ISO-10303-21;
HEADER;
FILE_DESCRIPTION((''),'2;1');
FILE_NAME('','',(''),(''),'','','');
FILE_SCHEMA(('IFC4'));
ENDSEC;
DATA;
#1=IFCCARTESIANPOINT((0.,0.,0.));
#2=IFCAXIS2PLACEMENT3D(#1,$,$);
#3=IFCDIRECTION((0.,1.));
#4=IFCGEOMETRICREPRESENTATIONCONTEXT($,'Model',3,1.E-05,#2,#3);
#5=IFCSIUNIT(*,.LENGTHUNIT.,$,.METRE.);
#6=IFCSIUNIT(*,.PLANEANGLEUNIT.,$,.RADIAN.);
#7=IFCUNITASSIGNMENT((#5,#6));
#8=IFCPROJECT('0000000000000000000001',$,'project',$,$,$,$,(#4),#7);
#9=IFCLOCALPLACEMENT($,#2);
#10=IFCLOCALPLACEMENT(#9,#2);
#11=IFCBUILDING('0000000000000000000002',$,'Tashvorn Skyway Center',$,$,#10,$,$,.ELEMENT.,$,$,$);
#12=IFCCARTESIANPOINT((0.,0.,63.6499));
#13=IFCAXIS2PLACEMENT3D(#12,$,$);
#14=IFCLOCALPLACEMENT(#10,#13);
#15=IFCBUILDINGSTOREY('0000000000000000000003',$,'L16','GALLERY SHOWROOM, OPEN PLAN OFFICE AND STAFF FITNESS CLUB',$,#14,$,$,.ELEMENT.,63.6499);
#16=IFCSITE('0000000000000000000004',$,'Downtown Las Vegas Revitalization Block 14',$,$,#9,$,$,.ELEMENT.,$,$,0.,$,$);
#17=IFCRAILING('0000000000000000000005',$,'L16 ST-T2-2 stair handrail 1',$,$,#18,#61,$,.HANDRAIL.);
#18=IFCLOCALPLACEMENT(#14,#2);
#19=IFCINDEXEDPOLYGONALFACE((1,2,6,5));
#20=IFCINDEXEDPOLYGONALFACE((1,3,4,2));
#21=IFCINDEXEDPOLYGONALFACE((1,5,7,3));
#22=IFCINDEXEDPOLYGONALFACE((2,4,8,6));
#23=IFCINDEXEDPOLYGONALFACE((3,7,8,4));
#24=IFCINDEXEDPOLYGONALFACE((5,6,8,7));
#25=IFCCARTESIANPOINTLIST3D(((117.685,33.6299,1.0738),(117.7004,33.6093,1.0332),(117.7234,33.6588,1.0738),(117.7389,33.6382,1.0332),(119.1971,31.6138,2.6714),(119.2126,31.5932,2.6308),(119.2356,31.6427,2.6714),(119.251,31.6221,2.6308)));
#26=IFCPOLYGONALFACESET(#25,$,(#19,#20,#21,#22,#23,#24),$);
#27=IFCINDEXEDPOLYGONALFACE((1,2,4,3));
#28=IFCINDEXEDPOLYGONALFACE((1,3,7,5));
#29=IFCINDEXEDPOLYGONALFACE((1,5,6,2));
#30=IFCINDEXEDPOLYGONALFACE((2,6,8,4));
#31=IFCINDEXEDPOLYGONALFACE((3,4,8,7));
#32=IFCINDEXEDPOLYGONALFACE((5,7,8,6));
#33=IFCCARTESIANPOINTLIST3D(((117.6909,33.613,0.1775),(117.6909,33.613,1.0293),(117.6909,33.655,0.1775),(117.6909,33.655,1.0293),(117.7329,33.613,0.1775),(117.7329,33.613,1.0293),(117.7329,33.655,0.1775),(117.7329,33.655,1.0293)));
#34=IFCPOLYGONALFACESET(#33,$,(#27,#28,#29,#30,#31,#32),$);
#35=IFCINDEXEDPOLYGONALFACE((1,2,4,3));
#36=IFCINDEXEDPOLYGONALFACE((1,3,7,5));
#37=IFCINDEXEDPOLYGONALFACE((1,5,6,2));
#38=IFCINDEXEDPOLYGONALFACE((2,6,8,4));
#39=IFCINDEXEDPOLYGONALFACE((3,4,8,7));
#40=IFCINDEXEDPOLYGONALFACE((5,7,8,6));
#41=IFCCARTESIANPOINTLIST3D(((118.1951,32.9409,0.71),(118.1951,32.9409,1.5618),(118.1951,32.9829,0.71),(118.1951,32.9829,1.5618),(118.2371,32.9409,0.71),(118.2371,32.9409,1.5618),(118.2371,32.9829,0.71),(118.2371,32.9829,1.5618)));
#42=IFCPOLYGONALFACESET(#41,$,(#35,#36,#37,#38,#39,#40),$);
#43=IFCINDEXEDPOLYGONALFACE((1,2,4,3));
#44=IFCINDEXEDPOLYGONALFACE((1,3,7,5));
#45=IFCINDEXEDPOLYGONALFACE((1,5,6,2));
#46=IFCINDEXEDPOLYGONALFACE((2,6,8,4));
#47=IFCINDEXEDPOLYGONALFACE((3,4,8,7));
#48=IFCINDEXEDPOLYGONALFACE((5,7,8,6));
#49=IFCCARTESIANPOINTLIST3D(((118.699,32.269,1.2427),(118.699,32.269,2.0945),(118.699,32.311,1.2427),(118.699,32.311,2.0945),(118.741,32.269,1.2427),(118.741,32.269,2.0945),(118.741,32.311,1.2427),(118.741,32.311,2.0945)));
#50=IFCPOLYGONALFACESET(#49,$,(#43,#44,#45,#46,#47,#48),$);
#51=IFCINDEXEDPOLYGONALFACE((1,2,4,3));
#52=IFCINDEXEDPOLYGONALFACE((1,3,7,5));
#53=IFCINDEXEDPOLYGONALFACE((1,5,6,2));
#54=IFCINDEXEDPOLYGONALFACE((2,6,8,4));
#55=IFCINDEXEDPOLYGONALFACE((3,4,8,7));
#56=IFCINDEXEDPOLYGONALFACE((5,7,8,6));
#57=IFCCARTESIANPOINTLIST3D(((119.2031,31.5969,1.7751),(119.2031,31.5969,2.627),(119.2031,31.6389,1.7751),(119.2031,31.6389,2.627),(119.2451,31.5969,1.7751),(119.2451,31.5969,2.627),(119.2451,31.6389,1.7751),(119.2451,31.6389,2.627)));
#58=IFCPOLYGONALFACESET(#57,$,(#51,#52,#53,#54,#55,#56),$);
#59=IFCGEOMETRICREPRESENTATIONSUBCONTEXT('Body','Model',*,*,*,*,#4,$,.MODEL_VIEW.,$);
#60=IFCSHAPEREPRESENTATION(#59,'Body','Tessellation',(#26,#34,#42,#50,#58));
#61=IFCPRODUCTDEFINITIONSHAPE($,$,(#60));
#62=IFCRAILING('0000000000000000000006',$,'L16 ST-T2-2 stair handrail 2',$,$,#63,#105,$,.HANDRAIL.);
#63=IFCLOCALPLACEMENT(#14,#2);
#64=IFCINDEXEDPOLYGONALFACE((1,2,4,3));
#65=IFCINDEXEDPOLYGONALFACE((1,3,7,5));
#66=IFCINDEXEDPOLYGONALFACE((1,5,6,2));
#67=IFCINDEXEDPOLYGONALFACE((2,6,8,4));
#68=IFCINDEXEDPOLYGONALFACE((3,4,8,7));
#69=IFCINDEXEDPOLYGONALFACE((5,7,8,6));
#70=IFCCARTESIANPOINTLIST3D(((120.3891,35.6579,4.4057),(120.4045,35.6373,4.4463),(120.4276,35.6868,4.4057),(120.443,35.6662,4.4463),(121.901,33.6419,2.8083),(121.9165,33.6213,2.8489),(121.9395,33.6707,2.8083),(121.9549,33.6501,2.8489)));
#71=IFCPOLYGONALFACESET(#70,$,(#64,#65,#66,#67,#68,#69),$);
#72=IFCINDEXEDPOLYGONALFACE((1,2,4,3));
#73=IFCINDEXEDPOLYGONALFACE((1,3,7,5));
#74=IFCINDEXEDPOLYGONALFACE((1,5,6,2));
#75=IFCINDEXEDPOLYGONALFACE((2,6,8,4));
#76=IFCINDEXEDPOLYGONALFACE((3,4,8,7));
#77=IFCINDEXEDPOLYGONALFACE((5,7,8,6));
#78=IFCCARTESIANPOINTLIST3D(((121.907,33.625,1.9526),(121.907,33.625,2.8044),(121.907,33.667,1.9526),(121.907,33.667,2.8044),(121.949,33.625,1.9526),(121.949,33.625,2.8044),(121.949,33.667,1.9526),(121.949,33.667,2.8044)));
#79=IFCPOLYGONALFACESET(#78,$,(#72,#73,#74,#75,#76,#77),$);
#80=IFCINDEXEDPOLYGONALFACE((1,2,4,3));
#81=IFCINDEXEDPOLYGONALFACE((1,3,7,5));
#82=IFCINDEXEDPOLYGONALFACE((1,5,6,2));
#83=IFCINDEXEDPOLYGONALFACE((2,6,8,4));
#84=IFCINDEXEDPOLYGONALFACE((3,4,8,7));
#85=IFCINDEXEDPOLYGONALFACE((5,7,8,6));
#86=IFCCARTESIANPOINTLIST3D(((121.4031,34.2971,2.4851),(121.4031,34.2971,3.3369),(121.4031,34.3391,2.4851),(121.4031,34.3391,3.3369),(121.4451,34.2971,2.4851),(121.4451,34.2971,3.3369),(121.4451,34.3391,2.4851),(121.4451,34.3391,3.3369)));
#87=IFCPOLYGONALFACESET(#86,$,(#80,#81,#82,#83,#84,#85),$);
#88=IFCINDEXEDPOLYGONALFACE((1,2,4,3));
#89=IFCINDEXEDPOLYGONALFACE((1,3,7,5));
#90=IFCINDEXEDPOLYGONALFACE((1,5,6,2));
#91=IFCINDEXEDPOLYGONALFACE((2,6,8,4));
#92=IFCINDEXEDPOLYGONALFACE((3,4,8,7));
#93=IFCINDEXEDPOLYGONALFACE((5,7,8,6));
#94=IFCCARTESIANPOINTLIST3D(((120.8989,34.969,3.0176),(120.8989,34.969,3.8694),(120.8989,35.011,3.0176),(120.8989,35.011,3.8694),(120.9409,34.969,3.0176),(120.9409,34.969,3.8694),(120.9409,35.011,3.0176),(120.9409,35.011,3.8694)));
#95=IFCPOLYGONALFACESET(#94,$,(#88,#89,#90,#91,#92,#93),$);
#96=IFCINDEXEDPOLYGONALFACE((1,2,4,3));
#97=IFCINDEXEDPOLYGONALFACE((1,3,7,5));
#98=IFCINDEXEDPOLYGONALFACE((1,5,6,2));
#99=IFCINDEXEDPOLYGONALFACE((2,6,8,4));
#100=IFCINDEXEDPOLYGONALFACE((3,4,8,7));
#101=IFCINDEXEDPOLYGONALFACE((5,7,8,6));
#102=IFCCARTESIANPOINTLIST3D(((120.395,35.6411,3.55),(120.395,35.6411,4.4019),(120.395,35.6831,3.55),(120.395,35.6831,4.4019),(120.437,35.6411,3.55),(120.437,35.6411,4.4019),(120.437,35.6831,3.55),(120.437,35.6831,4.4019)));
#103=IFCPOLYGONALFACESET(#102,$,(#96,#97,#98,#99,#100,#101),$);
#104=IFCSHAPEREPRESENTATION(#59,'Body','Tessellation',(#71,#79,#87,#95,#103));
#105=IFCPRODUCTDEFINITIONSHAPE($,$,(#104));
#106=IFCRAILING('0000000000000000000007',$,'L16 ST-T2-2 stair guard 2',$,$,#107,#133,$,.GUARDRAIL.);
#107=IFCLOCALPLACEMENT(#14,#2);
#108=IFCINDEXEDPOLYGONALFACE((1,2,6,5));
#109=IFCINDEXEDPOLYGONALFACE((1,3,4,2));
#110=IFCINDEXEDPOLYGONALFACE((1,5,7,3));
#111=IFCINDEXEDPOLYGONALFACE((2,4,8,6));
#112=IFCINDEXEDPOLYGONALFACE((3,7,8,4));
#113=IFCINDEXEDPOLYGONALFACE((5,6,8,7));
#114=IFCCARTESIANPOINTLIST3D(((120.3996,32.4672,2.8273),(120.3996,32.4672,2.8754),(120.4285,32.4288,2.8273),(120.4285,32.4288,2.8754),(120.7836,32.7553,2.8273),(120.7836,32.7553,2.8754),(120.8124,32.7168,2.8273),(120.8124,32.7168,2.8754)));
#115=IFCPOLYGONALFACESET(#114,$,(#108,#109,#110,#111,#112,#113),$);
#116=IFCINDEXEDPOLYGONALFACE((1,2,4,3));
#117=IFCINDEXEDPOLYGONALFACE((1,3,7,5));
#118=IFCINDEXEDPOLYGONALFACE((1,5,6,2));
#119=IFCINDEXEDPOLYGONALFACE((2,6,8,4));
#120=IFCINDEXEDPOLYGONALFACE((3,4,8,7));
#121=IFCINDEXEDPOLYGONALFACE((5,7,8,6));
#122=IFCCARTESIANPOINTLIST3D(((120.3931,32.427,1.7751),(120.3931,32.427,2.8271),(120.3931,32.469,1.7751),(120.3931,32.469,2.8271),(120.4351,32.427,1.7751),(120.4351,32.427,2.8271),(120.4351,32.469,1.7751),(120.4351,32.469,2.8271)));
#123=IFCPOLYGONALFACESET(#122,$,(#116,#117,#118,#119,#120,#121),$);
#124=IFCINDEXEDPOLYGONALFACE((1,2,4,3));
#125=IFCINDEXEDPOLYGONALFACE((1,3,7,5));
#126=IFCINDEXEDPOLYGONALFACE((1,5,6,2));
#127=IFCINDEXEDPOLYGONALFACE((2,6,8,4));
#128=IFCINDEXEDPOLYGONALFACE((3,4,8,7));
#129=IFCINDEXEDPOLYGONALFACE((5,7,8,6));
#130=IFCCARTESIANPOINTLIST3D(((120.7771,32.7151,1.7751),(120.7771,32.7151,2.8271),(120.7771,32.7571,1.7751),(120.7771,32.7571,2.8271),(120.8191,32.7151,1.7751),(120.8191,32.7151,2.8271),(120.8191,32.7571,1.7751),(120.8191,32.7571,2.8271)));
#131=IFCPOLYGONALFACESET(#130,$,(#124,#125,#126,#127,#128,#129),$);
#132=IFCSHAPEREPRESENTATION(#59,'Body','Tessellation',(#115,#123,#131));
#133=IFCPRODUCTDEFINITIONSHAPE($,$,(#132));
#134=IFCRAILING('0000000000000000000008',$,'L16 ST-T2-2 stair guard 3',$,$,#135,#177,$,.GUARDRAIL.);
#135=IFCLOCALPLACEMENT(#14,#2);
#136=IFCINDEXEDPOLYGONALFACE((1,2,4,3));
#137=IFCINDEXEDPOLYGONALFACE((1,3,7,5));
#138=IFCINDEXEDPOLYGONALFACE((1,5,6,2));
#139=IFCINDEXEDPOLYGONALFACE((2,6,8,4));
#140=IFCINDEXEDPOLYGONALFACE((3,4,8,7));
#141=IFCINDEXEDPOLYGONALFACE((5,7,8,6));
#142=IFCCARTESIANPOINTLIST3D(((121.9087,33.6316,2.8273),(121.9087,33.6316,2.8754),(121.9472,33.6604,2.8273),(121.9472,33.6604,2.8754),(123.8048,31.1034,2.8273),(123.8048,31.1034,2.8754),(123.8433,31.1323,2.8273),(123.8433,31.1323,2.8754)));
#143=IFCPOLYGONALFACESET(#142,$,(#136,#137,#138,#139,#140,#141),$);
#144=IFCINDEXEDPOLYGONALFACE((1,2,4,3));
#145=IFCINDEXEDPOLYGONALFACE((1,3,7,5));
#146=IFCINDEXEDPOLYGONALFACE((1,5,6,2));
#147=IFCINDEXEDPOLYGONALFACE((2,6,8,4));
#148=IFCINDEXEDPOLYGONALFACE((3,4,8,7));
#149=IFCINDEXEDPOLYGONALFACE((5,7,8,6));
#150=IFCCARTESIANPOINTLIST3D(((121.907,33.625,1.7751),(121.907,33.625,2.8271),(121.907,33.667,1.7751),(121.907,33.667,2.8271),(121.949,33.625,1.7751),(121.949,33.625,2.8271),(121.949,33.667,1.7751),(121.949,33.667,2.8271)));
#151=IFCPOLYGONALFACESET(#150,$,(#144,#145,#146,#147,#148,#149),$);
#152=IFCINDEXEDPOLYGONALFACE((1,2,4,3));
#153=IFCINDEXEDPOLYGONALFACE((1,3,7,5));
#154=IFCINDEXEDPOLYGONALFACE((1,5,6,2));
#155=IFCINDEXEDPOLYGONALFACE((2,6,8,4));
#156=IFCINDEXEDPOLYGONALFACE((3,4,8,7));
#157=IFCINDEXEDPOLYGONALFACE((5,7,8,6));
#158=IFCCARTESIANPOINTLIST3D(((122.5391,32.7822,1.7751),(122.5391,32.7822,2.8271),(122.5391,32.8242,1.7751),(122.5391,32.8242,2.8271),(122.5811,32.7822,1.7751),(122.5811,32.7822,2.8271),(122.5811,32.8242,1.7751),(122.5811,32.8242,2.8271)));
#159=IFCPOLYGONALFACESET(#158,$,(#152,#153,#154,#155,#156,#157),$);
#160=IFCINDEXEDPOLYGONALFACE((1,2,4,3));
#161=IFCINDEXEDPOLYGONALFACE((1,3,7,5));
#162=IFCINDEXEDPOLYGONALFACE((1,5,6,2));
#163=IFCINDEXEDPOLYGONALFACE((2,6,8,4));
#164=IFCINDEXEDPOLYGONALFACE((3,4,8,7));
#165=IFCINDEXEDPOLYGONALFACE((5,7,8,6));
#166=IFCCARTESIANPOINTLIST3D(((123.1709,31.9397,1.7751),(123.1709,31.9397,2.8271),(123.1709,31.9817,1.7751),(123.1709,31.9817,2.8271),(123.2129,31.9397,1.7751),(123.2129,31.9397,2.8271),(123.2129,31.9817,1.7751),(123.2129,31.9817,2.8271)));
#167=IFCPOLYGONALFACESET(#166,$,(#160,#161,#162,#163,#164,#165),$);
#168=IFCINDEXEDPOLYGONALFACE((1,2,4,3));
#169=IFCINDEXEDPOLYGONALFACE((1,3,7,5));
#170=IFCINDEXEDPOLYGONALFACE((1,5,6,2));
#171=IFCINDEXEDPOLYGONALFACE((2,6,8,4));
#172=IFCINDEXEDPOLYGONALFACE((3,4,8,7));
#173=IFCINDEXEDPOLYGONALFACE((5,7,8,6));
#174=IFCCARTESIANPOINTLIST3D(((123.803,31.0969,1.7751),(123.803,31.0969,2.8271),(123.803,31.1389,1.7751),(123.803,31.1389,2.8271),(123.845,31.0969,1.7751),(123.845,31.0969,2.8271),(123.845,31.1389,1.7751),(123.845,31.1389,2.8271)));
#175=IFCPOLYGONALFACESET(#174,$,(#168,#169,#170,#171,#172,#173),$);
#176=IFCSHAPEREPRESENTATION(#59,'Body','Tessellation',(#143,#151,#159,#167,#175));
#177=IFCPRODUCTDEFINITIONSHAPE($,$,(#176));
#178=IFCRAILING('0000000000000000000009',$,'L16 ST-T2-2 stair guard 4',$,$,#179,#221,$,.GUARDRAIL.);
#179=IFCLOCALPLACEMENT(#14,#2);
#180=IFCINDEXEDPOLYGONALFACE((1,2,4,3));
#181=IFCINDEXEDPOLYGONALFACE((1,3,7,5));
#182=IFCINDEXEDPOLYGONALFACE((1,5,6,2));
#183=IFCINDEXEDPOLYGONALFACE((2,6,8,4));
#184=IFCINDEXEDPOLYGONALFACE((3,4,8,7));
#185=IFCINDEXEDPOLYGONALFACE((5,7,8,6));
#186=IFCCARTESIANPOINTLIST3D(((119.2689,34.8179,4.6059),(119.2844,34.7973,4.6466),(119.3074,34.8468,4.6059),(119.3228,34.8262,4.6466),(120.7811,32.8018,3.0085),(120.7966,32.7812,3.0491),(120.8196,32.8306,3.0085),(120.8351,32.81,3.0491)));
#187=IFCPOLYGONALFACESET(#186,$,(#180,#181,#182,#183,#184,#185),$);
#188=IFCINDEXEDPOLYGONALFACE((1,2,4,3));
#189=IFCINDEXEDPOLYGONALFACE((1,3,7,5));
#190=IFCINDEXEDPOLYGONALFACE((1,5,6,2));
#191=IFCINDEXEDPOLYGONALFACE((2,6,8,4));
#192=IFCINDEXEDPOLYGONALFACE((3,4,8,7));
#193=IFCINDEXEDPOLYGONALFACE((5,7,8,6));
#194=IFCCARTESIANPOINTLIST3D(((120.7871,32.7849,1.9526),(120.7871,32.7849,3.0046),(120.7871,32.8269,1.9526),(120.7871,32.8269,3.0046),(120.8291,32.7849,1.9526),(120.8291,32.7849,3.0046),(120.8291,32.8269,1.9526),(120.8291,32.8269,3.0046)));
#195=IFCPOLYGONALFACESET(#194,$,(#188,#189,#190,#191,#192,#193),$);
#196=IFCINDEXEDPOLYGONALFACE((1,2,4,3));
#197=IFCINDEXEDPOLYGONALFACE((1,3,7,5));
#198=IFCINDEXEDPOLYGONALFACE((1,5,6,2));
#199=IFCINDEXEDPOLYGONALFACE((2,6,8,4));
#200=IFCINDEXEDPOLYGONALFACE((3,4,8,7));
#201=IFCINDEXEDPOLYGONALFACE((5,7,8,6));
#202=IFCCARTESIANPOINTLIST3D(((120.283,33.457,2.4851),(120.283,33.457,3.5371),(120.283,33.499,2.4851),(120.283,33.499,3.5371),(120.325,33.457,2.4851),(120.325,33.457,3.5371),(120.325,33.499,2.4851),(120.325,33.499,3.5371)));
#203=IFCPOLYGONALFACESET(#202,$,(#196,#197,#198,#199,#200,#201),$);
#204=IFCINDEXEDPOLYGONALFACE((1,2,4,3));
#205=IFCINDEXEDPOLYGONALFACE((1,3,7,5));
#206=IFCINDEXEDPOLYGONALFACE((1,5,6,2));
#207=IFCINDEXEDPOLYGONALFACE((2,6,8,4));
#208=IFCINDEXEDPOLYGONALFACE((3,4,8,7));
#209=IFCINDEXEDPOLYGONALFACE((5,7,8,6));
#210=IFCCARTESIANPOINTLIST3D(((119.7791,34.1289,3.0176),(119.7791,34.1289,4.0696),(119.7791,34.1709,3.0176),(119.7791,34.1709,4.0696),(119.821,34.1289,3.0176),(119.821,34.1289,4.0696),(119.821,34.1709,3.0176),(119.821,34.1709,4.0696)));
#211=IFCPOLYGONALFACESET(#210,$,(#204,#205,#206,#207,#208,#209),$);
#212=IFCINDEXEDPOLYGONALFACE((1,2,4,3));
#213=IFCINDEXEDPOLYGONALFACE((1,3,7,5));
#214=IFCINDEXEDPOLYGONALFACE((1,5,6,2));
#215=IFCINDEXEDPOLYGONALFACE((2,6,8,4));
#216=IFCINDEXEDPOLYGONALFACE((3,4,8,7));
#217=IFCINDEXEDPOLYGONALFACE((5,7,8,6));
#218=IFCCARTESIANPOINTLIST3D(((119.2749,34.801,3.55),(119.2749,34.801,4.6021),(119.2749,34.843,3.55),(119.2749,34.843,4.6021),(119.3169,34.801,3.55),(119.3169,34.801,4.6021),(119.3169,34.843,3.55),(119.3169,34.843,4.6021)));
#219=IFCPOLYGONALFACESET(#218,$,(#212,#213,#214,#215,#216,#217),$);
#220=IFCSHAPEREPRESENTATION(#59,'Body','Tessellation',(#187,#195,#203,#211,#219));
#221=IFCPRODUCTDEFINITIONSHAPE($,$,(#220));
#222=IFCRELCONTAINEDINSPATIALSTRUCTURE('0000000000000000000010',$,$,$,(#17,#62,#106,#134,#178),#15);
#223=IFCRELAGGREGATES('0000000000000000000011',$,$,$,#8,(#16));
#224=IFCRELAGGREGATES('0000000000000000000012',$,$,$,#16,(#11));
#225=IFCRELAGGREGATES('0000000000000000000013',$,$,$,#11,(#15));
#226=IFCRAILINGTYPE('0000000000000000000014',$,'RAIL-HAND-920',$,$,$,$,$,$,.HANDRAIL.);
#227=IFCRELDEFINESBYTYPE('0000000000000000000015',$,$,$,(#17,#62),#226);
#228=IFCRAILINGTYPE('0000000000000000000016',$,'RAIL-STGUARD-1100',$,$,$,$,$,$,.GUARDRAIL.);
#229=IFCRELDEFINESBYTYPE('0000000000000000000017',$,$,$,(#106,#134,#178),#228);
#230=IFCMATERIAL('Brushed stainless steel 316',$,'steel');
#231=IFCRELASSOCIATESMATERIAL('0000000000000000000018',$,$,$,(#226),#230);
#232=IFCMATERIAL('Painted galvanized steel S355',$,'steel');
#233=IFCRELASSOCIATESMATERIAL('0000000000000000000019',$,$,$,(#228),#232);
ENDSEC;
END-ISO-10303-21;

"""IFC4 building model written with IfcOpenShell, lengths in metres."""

from ifc_helpers import new_model, si_unit, direction, frame, origin, origin_2d, place, context, subcontext, project, spatial, rectangle, extrude, material, type_object, element, save


model = new_model("IFC4")

# Units and contexts
model_context = context("Model", 3, precision=1e-05, world=origin(), true_north=direction((0.0, 1.0)))
body_context = subcontext(model_context, "Body", "Model", "MODEL_VIEW")
ifc_project = project(units=[si_unit("LENGTHUNIT", "METRE"), si_unit("PLANEANGLEUNIT", "RADIAN")], contexts=[model_context])

# Site, building, storey
site_placement = place(None, origin())
site = spatial("IfcSite", under=ifc_project, at=site_placement, Name="Downtown Las Vegas Revitalization Block 14", CompositionType="ELEMENT", RefElevation=0.0)
building_placement = place(site_placement, origin())
building = spatial("IfcBuilding", under=site, at=building_placement, Name="Tashvorn Skyway Center", CompositionType="ELEMENT")
storey_placement = place(building_placement, frame((0.0, 0.0, 63.6499)))
storey = spatial("IfcBuildingStorey", under=building, at=storey_placement, Name="L16", Description="GALLERY SHOWROOM, OPEN PLAN OFFICE AND STAFF FITNESS CLUB", CompositionType="ELEMENT", Elevation=63.6499)

# Railings
ifc_material_1 = material(Name="Brushed stainless steel 316", Category="steel")
railing_type_1 = type_object("IfcRailingType", Name="RAIL-HAND-920", PredefinedType="HANDRAIL", material=ifc_material_1)
railing_1_placement = place(storey_placement, frame((117.7119, 33.634, 0.1775)))
element("IfcRailing", 1, at=railing_1_placement, inside=storey, type_object=railing_type_1, Name="L16 ST-T2-2 stair handrail 1", PredefinedType="HANDRAIL", context=body_context, shape_type="SweptSolid", body=[
    extrude(rectangle(XDim=0.0481, YDim=0.0481, at=origin_2d()), frame((0.0, 0.0, 0.876), z_axis=(0.506779, -0.675651, 0.535416), x_axis=(0.799977, 0.600031, 0.0)), (0.0, 0.0, 1.0), 2.9839),
    extrude(rectangle(XDim=0.042, YDim=0.042, at=origin_2d()), origin(), (0.0, 0.0, 1.0), 0.8518),
    extrude(rectangle(XDim=0.042, YDim=0.042, at=origin_2d()), frame((0.5042, -0.6721, 0.5325)), (0.0, 0.0, 1.0), 0.8518),
    extrude(rectangle(XDim=0.042, YDim=0.042, at=origin_2d()), frame((1.0081, -1.344, 1.0652)), (0.0, 0.0, 1.0), 0.8518),
    extrude(rectangle(XDim=0.042, YDim=0.042, at=origin_2d()), frame((1.5122, -2.0161, 1.5977)), (0.0, 0.0, 1.0), 0.8518),
])
railing_2_placement = place(storey_placement, frame((121.928, 33.646, 1.9526)))
element("IfcRailing", 2, at=railing_2_placement, inside=storey, type_object=railing_type_1, Name="L16 ST-T2-2 stair handrail 2", PredefinedType="HANDRAIL", context=body_context, shape_type="SweptSolid", body=[
    extrude(rectangle(XDim=0.0481, YDim=0.0481, at=origin_2d()), frame((0.0, 0.0, 0.876), z_axis=(-0.506741, 0.675709, 0.535379), x_axis=(-0.800023, -0.599969, 0.0)), (0.0, 0.0, 1.0), 2.9836),
    extrude(rectangle(XDim=0.042, YDim=0.042, at=origin_2d()), origin(), (0.0, 0.0, 1.0), 0.8518),
    extrude(rectangle(XDim=0.042, YDim=0.042, at=origin_2d()), frame((-0.5039, 0.6721, 0.5325)), (0.0, 0.0, 1.0), 0.8518),
    extrude(rectangle(XDim=0.042, YDim=0.042, at=origin_2d()), frame((-1.0081, 1.344, 1.0649)), (0.0, 0.0, 1.0), 0.8518),
    extrude(rectangle(XDim=0.042, YDim=0.042, at=origin_2d()), frame((-1.512, 2.0161, 1.5974)), (0.0, 0.0, 1.0), 0.8518),
])
ifc_material_2 = material(Name="Painted galvanized steel S355", Category="steel")
railing_type_2 = type_object("IfcRailingType", Name="RAIL-STGUARD-1100", PredefinedType="GUARDRAIL", material=ifc_material_2)
railing_3_placement = place(storey_placement, frame((120.4141, 32.448, 1.7751)))
element("IfcRailing", 3, at=railing_3_placement, inside=storey, type_object=railing_type_2, Name="L16 ST-T2-2 stair guard 2", PredefinedType="GUARDRAIL", context=body_context, shape_type="SweptSolid", body=[
    extrude(rectangle(XDim=0.0481, YDim=0.0481, at=origin_2d()), frame((0.0, 0.0, 1.0762), z_axis=(0.799939, 0.600081, 0.0), x_axis=(-0.600081, 0.799939, 0.0)), (0.0, 0.0, 1.0), 0.48),
    extrude(rectangle(XDim=0.042, YDim=0.042, at=origin_2d()), origin(), (0.0, 0.0, 1.0), 1.052),
    extrude(rectangle(XDim=0.042, YDim=0.042, at=origin_2d()), frame((0.384, 0.2881, 0.0)), (0.0, 0.0, 1.0), 1.052),
])
railing_4_placement = place(storey_placement, frame((121.928, 33.646, 1.7751)))
element("IfcRailing", 4, at=railing_4_placement, inside=storey, type_object=railing_type_2, Name="L16 ST-T2-2 stair guard 3", PredefinedType="GUARDRAIL", context=body_context, shape_type="SweptSolid", body=[
    extrude(rectangle(XDim=0.0481, YDim=0.0481, at=origin_2d()), frame((0.0, 0.0, 1.0762), z_axis=(0.599988, -0.800009, 0.0), x_axis=(0.800009, 0.599988, 0.0)), (0.0, 0.0, 1.0), 3.1602),
    extrude(rectangle(XDim=0.042, YDim=0.042, at=origin_2d()), origin(), (0.0, 0.0, 1.0), 1.052),
    extrude(rectangle(XDim=0.042, YDim=0.042, at=origin_2d()), frame((0.6321, -0.8428, 0.0)), (0.0, 0.0, 1.0), 1.052),
    extrude(rectangle(XDim=0.042, YDim=0.042, at=origin_2d()), frame((1.2639, -1.6853, 0.0)), (0.0, 0.0, 1.0), 1.052),
    extrude(rectangle(XDim=0.042, YDim=0.042, at=origin_2d()), frame((1.896, -2.5281, 0.0)), (0.0, 0.0, 1.0), 1.052),
])
railing_5_placement = place(storey_placement, frame((120.8081, 32.8059, 1.9526)))
element("IfcRailing", 5, at=railing_5_placement, inside=storey, type_object=railing_type_2, Name="L16 ST-T2-2 stair guard 4", PredefinedType="GUARDRAIL", context=body_context, shape_type="SweptSolid", body=[
    extrude(rectangle(XDim=0.0481, YDim=0.0481, at=origin_2d()), frame((0.0, 0.0, 1.0762), z_axis=(-0.506802, 0.675681, 0.535357), x_axis=(-0.799977, -0.600031, 0.0)), (0.0, 0.0, 1.0), 2.9839),
    extrude(rectangle(XDim=0.042, YDim=0.042, at=origin_2d()), origin(), (0.0, 0.0, 1.0), 1.052),
    extrude(rectangle(XDim=0.042, YDim=0.042, at=origin_2d()), frame((-0.5042, 0.6721, 0.5325)), (0.0, 0.0, 1.0), 1.052),
    extrude(rectangle(XDim=0.042, YDim=0.042, at=origin_2d()), frame((-1.0081, 1.344, 1.0649)), (0.0, 0.0, 1.0), 1.052),
    extrude(rectangle(XDim=0.042, YDim=0.042, at=origin_2d()), frame((-1.5122, 2.0161, 1.5974)), (0.0, 0.0, 1.0), 1.052),
])

save(model, "model.ifc")
